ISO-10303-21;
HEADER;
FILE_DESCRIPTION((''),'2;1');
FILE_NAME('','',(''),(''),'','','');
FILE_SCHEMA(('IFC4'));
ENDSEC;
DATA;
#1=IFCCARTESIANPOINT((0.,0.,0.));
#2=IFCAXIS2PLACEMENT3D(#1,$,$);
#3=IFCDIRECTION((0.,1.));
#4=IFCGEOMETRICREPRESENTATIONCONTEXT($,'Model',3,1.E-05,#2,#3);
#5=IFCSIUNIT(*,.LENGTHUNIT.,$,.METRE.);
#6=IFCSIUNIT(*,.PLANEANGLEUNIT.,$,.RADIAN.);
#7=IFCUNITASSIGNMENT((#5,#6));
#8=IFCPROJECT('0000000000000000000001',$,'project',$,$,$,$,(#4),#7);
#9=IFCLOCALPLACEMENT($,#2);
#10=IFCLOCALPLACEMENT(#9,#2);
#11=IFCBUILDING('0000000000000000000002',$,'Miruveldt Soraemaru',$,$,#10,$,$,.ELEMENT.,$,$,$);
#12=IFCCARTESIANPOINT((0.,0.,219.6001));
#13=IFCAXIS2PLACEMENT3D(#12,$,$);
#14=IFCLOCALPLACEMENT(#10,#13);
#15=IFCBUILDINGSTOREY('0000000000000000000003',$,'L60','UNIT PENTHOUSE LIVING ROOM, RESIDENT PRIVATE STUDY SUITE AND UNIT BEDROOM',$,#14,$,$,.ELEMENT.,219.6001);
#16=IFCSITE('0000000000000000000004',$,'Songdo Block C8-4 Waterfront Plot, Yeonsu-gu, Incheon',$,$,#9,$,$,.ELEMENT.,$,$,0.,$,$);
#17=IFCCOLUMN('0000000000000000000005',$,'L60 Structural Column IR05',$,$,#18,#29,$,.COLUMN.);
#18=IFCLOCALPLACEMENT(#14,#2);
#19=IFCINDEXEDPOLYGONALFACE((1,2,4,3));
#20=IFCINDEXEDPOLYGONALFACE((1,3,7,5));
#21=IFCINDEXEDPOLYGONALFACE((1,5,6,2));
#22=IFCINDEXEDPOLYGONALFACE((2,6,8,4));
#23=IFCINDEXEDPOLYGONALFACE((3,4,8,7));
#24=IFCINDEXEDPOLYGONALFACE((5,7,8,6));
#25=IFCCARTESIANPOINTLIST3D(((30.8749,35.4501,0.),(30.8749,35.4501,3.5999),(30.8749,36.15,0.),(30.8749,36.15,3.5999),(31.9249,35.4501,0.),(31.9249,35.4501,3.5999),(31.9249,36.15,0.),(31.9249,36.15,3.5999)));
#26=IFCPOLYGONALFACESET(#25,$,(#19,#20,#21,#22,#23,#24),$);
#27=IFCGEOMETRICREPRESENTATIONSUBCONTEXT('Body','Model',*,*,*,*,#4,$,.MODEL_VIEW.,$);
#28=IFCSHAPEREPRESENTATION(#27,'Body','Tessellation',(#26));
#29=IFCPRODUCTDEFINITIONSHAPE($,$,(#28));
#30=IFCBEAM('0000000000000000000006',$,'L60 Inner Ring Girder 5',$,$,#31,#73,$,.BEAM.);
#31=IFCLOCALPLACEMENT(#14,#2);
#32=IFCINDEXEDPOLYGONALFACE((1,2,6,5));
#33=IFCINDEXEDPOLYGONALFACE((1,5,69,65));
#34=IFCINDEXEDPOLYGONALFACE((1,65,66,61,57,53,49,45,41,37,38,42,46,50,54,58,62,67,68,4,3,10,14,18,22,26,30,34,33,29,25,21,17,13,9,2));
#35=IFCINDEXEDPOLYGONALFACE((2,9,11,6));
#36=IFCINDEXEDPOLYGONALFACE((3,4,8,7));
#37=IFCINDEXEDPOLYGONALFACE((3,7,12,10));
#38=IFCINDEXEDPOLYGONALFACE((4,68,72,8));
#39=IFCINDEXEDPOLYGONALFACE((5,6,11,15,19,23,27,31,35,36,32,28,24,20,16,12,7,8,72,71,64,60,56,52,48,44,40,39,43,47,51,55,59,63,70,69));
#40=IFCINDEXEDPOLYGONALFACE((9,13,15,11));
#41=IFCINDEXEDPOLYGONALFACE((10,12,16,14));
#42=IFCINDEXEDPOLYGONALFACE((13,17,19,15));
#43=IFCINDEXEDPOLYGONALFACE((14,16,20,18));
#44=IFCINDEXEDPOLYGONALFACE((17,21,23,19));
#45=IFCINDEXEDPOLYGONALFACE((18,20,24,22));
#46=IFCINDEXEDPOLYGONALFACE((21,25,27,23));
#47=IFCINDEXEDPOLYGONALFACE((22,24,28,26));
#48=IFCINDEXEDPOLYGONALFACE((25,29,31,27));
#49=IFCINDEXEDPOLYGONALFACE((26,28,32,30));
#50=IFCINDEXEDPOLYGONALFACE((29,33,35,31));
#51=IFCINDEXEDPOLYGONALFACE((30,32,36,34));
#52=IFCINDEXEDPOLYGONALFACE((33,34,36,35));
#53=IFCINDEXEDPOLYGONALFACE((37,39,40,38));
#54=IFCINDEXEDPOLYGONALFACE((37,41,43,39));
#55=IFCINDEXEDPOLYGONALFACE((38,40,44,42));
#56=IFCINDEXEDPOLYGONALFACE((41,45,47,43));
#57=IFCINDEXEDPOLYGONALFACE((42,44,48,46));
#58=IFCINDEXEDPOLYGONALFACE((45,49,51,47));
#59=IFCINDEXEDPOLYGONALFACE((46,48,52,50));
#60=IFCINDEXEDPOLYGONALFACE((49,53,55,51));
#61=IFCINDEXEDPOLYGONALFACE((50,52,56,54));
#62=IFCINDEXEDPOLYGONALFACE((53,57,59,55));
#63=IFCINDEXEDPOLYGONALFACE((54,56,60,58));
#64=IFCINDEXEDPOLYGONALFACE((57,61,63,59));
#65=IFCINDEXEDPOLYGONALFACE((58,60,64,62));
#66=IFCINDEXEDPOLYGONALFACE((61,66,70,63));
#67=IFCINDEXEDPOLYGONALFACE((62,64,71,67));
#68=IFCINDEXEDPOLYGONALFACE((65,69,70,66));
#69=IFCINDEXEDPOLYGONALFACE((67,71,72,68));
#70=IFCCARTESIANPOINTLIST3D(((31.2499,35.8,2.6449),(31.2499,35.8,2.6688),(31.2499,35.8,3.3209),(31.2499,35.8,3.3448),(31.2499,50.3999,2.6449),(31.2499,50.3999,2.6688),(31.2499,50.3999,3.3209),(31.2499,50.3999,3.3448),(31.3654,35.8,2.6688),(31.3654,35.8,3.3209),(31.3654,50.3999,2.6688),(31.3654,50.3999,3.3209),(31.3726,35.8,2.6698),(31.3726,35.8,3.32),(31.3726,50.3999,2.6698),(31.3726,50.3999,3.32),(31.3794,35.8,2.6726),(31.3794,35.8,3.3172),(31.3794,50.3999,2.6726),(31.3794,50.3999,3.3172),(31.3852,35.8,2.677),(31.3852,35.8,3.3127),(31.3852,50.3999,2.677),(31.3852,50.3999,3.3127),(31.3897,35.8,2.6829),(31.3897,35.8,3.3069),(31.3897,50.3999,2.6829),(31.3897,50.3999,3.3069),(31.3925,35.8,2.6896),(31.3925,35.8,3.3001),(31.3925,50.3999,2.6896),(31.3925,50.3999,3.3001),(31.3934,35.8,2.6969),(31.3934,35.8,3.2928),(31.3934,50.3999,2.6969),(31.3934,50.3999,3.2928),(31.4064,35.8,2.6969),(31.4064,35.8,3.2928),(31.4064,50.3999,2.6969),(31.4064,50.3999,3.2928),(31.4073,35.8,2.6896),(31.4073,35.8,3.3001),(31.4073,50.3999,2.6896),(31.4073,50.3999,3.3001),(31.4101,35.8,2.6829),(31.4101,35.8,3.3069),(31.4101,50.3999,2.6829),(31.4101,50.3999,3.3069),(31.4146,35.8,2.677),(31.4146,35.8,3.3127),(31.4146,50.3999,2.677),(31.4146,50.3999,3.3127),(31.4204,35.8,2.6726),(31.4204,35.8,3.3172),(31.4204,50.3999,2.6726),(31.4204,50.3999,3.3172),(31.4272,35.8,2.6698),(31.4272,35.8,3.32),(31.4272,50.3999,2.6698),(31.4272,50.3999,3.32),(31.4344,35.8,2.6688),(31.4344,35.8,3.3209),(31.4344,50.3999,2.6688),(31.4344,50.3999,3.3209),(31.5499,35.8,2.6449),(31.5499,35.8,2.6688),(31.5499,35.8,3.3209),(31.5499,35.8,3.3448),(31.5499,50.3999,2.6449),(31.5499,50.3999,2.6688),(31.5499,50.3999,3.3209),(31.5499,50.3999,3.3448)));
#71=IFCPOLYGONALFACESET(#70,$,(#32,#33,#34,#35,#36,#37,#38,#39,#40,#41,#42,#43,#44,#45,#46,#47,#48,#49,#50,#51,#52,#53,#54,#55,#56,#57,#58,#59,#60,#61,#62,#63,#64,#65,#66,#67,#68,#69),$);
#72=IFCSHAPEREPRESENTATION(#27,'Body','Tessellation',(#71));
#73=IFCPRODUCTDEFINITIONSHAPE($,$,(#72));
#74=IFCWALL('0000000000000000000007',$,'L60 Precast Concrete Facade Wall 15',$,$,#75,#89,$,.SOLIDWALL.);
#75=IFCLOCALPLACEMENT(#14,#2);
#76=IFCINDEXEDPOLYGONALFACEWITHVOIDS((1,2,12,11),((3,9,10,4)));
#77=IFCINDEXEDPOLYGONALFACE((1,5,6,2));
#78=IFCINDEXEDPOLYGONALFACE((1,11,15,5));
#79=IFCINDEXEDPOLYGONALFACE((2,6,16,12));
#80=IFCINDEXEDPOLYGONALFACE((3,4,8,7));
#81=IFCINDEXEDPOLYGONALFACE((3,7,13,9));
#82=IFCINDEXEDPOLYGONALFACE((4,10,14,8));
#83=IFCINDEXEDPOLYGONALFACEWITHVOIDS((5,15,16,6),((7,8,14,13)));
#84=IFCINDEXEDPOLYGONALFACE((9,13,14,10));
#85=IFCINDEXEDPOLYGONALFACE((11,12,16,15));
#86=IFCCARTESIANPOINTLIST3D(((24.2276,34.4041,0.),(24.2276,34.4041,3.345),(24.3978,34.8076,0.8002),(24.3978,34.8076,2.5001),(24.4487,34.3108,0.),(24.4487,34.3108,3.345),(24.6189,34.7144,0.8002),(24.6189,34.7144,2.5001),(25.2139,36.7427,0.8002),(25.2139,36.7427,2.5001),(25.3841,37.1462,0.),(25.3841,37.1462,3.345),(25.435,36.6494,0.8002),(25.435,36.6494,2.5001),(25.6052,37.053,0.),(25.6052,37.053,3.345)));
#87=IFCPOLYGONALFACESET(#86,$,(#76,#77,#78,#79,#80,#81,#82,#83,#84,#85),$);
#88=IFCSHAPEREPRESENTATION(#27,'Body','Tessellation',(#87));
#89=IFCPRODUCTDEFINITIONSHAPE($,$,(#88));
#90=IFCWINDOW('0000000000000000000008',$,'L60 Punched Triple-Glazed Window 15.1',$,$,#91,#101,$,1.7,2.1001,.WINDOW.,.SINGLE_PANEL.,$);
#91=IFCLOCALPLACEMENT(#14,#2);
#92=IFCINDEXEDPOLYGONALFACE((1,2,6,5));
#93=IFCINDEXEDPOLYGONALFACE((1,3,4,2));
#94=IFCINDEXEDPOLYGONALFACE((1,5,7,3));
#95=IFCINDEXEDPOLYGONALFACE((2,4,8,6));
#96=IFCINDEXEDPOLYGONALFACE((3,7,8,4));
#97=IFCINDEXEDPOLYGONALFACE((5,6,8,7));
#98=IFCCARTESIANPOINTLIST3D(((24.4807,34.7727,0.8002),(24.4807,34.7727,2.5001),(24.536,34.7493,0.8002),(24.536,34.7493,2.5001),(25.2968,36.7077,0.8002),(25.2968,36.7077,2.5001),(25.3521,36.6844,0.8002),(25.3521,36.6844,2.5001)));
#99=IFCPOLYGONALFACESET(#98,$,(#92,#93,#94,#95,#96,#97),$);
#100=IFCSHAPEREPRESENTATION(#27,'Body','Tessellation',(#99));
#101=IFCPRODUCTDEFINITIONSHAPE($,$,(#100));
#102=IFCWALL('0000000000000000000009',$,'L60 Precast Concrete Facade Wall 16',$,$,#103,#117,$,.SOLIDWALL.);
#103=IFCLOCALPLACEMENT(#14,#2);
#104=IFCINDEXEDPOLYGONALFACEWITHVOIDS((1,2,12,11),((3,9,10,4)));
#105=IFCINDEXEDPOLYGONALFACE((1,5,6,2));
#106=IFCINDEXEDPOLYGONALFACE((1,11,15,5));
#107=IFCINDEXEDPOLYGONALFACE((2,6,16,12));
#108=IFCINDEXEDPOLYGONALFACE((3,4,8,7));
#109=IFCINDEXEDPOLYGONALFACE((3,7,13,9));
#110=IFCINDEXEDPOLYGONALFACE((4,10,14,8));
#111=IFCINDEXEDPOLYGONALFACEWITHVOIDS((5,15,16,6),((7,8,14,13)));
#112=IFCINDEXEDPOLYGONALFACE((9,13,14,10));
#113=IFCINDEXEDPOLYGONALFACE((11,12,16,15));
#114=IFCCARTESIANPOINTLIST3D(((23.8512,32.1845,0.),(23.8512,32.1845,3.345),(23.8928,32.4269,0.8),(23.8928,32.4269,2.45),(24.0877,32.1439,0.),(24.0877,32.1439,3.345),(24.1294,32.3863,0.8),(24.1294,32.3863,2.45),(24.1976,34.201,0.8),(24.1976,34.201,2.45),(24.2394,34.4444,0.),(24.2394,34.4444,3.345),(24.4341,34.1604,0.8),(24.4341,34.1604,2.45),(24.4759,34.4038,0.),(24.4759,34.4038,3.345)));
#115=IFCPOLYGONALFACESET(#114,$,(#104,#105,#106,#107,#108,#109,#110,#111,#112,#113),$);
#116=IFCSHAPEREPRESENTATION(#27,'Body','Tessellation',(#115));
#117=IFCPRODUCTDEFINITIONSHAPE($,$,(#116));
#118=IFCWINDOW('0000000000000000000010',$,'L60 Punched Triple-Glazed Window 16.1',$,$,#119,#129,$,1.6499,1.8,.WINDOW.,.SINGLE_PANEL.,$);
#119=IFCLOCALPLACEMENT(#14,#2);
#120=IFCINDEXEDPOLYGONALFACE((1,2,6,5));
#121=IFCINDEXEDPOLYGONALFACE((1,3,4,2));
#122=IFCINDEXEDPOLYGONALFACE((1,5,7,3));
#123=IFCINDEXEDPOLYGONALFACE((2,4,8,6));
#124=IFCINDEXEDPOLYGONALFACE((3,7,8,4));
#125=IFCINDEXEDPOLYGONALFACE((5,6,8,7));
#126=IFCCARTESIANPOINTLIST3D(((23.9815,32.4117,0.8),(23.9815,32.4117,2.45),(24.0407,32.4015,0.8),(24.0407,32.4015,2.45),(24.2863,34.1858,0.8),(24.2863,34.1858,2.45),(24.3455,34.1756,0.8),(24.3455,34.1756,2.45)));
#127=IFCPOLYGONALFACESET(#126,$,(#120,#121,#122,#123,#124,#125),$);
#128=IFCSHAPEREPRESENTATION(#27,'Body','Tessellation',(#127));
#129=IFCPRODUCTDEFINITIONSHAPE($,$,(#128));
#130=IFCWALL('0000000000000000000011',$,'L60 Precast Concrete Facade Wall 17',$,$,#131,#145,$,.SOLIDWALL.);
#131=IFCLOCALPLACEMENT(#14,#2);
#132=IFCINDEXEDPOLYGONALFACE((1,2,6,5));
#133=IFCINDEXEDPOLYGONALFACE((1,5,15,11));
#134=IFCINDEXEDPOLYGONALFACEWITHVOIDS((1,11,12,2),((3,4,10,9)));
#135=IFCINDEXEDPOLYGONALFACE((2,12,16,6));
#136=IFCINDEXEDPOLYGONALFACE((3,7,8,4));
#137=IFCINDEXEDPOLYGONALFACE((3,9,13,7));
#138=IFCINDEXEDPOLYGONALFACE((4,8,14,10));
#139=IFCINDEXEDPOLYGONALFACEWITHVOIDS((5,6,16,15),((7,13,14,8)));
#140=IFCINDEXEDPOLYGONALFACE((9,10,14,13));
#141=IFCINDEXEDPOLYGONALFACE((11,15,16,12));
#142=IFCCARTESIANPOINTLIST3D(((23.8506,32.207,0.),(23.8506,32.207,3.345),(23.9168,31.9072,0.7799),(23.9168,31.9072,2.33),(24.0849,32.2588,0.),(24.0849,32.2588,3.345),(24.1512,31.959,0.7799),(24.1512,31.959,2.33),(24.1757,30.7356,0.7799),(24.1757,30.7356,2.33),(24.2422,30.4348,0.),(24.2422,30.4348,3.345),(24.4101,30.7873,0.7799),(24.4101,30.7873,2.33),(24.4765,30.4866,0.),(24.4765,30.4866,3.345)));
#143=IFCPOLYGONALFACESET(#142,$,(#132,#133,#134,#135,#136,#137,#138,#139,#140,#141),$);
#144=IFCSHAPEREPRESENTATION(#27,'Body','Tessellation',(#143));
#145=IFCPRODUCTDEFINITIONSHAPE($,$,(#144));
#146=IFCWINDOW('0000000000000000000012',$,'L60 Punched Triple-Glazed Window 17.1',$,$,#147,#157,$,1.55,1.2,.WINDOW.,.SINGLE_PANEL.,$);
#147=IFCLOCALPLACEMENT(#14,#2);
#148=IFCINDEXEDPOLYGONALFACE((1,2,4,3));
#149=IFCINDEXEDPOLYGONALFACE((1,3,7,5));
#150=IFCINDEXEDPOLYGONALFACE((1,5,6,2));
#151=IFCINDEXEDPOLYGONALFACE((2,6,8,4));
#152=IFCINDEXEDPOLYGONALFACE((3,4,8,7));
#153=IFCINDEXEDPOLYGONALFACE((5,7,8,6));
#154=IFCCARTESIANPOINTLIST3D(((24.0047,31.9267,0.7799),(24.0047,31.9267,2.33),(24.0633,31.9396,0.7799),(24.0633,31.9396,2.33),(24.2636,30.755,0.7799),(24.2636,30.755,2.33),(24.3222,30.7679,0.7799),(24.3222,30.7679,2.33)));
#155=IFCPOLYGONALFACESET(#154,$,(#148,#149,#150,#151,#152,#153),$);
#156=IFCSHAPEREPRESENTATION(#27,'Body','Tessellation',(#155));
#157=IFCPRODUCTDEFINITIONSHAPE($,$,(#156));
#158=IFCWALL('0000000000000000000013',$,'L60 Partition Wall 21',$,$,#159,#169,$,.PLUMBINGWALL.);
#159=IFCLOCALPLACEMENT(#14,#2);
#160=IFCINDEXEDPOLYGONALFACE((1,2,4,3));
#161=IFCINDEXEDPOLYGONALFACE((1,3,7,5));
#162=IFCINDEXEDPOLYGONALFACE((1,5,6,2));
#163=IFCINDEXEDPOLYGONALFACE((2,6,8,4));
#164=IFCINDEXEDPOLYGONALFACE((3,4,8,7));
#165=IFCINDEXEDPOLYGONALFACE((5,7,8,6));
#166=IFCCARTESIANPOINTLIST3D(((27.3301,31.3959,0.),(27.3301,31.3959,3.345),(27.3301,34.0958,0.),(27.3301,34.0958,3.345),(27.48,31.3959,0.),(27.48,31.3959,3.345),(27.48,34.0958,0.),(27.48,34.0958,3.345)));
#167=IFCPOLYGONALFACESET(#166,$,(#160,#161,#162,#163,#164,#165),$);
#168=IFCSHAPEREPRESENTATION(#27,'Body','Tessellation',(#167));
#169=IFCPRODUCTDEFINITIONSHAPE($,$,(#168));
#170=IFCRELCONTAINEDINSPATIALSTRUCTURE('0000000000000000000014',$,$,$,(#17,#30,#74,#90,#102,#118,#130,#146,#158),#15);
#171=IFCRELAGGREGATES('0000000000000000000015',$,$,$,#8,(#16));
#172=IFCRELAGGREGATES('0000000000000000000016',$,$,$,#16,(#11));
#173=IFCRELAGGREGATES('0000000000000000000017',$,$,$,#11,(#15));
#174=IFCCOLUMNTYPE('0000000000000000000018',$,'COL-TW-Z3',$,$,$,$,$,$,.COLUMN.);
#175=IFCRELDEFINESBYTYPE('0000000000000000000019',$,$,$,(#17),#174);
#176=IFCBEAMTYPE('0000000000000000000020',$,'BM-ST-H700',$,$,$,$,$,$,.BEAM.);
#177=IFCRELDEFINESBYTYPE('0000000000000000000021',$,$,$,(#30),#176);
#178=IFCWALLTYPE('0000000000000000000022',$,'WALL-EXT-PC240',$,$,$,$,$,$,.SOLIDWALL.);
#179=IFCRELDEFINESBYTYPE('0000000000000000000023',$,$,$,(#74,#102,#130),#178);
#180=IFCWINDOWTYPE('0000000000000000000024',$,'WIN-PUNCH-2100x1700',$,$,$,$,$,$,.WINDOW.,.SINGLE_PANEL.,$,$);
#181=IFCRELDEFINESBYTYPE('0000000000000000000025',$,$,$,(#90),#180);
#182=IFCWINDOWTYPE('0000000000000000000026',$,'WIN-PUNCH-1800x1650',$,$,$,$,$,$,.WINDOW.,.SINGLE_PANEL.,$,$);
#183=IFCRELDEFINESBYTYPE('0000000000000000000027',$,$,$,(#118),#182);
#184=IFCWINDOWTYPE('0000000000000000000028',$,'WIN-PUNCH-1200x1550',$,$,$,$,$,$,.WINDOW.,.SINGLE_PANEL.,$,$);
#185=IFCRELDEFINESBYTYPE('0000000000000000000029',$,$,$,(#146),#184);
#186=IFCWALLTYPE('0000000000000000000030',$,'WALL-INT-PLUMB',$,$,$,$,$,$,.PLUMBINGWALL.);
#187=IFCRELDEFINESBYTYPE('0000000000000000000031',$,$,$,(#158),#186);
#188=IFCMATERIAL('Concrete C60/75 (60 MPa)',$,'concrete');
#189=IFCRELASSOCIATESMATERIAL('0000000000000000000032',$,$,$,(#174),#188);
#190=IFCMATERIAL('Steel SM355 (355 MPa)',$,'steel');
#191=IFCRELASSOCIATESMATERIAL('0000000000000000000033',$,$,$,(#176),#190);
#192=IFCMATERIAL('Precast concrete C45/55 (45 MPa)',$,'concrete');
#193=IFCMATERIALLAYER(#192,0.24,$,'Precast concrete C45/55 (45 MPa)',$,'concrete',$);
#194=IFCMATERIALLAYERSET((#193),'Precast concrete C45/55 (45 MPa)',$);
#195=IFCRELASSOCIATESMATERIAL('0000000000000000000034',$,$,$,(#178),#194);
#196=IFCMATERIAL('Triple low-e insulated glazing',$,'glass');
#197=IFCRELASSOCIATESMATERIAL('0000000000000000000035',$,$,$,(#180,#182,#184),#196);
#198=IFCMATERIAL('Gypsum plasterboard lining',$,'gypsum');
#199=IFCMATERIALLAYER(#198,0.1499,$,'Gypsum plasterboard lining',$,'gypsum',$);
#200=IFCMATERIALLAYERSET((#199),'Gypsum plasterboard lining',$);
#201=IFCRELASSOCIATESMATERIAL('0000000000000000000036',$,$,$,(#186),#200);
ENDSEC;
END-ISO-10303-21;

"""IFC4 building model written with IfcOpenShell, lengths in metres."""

from ifc_helpers import new_model, si_unit, direction, frame, frame_2d, origin, origin_2d, place, context, subcontext, project, spatial, rectangle, i_section, extrude, material, layer, layer_set, material_profile, profile_set, type_object, element, fill, save


model = new_model("IFC4")

# Units and contexts
model_context = context("Model", 3, precision=1e-05, world=origin(), true_north=direction((0.0, 1.0)))
body_context = subcontext(model_context, "Body", "Model", "MODEL_VIEW")
ifc_project = project(units=[si_unit("LENGTHUNIT", "METRE"), si_unit("PLANEANGLEUNIT", "RADIAN")], contexts=[model_context])

# Site, building, storey
site_placement = place(None, origin())
site = spatial("IfcSite", under=ifc_project, at=site_placement, Name="Songdo Block C8-4 Waterfront Plot, Yeonsu-gu, Incheon", CompositionType="ELEMENT", RefElevation=0.0)
building_placement = place(site_placement, origin())
building = spatial("IfcBuilding", under=site, at=building_placement, Name="Miruveldt Soraemaru", CompositionType="ELEMENT")
storey_placement = place(building_placement, frame((0.0, 0.0, 219.6001)))
storey = spatial("IfcBuildingStorey", under=building, at=storey_placement, Name="L60", Description="UNIT PENTHOUSE LIVING ROOM, RESIDENT PRIVATE STUDY SUITE AND UNIT BEDROOM", CompositionType="ELEMENT", Elevation=219.6001)

# Column
ifc_material_1 = material(Name="Concrete C60/75 (60 MPa)", Category="concrete")
ifc_material_profile_1 = material_profile(ifc_material_1, rectangle(XDim=1.05, YDim=0.7, at=origin_2d()), Name="Concrete C60/75 (60 MPa)", Category="concrete")
ifc_profile_set_1 = profile_set([ifc_material_profile_1], Name="Concrete C60/75 (60 MPa)")
column_type = type_object("IfcColumnType", Name="COL-TW-Z3", PredefinedType="COLUMN", material=ifc_profile_set_1)
column_placement = place(storey_placement, frame((31.3999, 35.8, 0.0), z_axis=(0.0, 0.0, 1.0), x_axis=(1.0, 0.0, 0.0)))
element("IfcColumn", 1, at=column_placement, inside=storey, type_object=column_type, Name="L60 Structural Column IR05", PredefinedType="COLUMN", context=body_context, shape_type="SweptSolid", body=[
    extrude(rectangle(XDim=1.05, YDim=0.7, at=origin_2d()), origin(), (0.0, 0.0, 1.0), 3.5999),
])

# Beam
ifc_material_2 = material(Name="Steel SM355 (355 MPa)", Category="steel")
ifc_material_profile_2 = material_profile(ifc_material_2, i_section(OverallWidth=0.3, OverallDepth=0.7, WebThickness=0.0129, FlangeThickness=0.0239, FilletRadius=0.0281, at=origin_2d()), Name="Steel SM355 (355 MPa)", Category="steel")
ifc_profile_set_2 = profile_set([ifc_material_profile_2], Name="Steel SM355 (355 MPa)")
beam_type = type_object("IfcBeamType", Name="BM-ST-H700", PredefinedType="BEAM", material=ifc_profile_set_2)
beam_placement = place(storey_placement, frame((31.3999, 35.8, 2.9949), z_axis=(0.0, 1.0, 0.0), x_axis=(-1.0, 0.0, 0.0)))
element("IfcBeam", 2, at=beam_placement, inside=storey, type_object=beam_type, Name="L60 Inner Ring Girder 5", PredefinedType="BEAM", context=body_context, shape_type="SweptSolid", body=[
    extrude(i_section(OverallWidth=0.3, OverallDepth=0.7, WebThickness=0.0129, FlangeThickness=0.0239, FilletRadius=0.0281, at=origin_2d()), origin(), (0.0, 0.0, 1.0), 14.5999),
])

# Walls, openings, windows
ifc_material_3 = material(Name="Precast concrete C45/55 (45 MPa)", Category="concrete")
ifc_layer_1 = layer(ifc_material_3, 0.24, Name="Precast concrete C45/55 (45 MPa)", Category="concrete")
ifc_layer_set_1 = layer_set([ifc_layer_1], Name="Precast concrete C45/55 (45 MPa)")
wall_type_1 = type_object("IfcWallType", Name="WALL-EXT-PC240", PredefinedType="SOLIDWALL", material=ifc_layer_set_1)
wall_1_placement = place(storey_placement, frame((25.4946, 37.0996, 0.0), z_axis=(0.0, 0.0, 1.0), x_axis=(-0.388596, -0.921408, 0.0)))
wall_1 = element("IfcWall", 3, at=wall_1_placement, inside=storey, type_object=wall_type_1, Name="L60 Precast Concrete Facade Wall 15", PredefinedType="SOLIDWALL", context=body_context, shape_type="SweptSolid", body=[
    extrude(rectangle(XDim=2.9761, YDim=0.24, at=frame_2d((1.488, 0.0))), origin(), (0.0, 0.0, 1.0), 3.345),
])
opening_1_placement = place(wall_1_placement, frame((0.438, 0.0, 0.8)))
opening_1 = element("IfcOpeningElement", 4, at=opening_1_placement, cuts=wall_1, PredefinedType="OPENING", context=body_context, shape_type="SweptSolid", body=[
    extrude(rectangle(XDim=2.1001, YDim=1.7, at=frame_2d((1.05, 0.8501))), frame((0.0, 0.1299, 0.0), z_axis=(0.0, -1.0, 0.0), x_axis=(1.0, 0.0, 0.0)), (0.0, 0.0, 1.0), 0.26),
])
ifc_material_4 = material(Name="Triple low-e insulated glazing", Category="glass")
window_type_1 = type_object("IfcWindowType", Name="WIN-PUNCH-2100x1700", PartitioningType="SINGLE_PANEL", PredefinedType="WINDOW", material=ifc_material_4)
window_1_placement = place(opening_1_placement, origin())
window_1 = element("IfcWindow", 5, at=window_1_placement, inside=storey, type_object=window_type_1, Name="L60 Punched Triple-Glazed Window 15.1", OverallHeight=1.7, OverallWidth=2.1001, PartitioningType="SINGLE_PANEL", PredefinedType="WINDOW", context=body_context, shape_type="SweptSolid", body=[
    extrude(rectangle(XDim=2.1001, YDim=1.7, at=frame_2d((1.05, 0.8501))), frame((0.0, 0.03, 0.0), z_axis=(0.0, -1.0, 0.0), x_axis=(1.0, 0.0, 0.0)), (0.0, 0.0, 1.0), 0.0601),
])
fill(opening_1, window_1)
wall_2_placement = place(storey_placement, frame((24.3577, 34.4241, 0.0), z_axis=(0.0, 0.0, 1.0), x_axis=(-0.169301, -0.985564, 0.0)))
wall_2 = element("IfcWall", 6, at=wall_2_placement, inside=storey, type_object=wall_type_1, Name="L60 Precast Concrete Facade Wall 16", PredefinedType="SOLIDWALL", context=body_context, shape_type="SweptSolid", body=[
    extrude(rectangle(XDim=2.293, YDim=0.24, at=frame_2d((1.1465, 0.0))), origin(), (0.0, 0.0, 1.0), 3.345),
])
opening_2_placement = place(wall_2_placement, frame((0.2471, 0.0, 0.8)))
opening_2 = element("IfcOpeningElement", 7, at=opening_2_placement, cuts=wall_2, PredefinedType="OPENING", context=body_context, shape_type="SweptSolid", body=[
    extrude(rectangle(XDim=1.8, YDim=1.6499, at=frame_2d((0.8999, 0.825))), frame((0.0, 0.1299, 0.0), z_axis=(0.0, -1.0, 0.0), x_axis=(1.0, 0.0, 0.0)), (0.0, 0.0, 1.0), 0.26),
])
window_type_2 = type_object("IfcWindowType", Name="WIN-PUNCH-1800x1650", PartitioningType="SINGLE_PANEL", PredefinedType="WINDOW", material=ifc_material_4)
window_2_placement = place(opening_2_placement, origin())
window_2 = element("IfcWindow", 8, at=window_2_placement, inside=storey, type_object=window_type_2, Name="L60 Punched Triple-Glazed Window 16.1", OverallHeight=1.6499, OverallWidth=1.8, PartitioningType="SINGLE_PANEL", PredefinedType="WINDOW", context=body_context, shape_type="SweptSolid", body=[
    extrude(rectangle(XDim=1.8, YDim=1.6499, at=frame_2d((0.8999, 0.825))), frame((0.0, 0.03, 0.0), z_axis=(0.0, -1.0, 0.0), x_axis=(1.0, 0.0, 0.0)), (0.0, 0.0, 1.0), 0.0601),
])
fill(opening_2, window_2)
wall_3_placement = place(storey_placement, frame((23.9678, 32.2329, 0.0), z_axis=(0.0, 0.0, 1.0), x_axis=(0.215762, -0.976446, 0.0)))
wall_3 = element("IfcWall", 9, at=wall_3_placement, inside=storey, type_object=wall_type_1, Name="L60 Precast Concrete Facade Wall 17", PredefinedType="SOLIDWALL", context=body_context, shape_type="SweptSolid", body=[
    extrude(rectangle(XDim=1.8149, YDim=0.24, at=frame_2d((0.9075, 0.0))), origin(), (0.0, 0.0, 1.0), 3.345),
])
opening_3_placement = place(wall_3_placement, frame((0.3069, 0.0, 0.78)))
opening_3 = element("IfcOpeningElement", 10, at=opening_3_placement, cuts=wall_3, PredefinedType="OPENING", context=body_context, shape_type="SweptSolid", body=[
    extrude(rectangle(XDim=1.2, YDim=1.55, at=frame_2d((0.6001, 0.7749))), frame((0.0, 0.1299, 0.0), z_axis=(0.0, -1.0, 0.0), x_axis=(1.0, 0.0, 0.0)), (0.0, 0.0, 1.0), 0.26),
])
window_type_3 = type_object("IfcWindowType", Name="WIN-PUNCH-1200x1550", PartitioningType="SINGLE_PANEL", PredefinedType="WINDOW", material=ifc_material_4)
window_3_placement = place(opening_3_placement, origin())
window_3 = element("IfcWindow", 11, at=window_3_placement, inside=storey, type_object=window_type_3, Name="L60 Punched Triple-Glazed Window 17.1", OverallHeight=1.55, OverallWidth=1.2, PartitioningType="SINGLE_PANEL", PredefinedType="WINDOW", context=body_context, shape_type="SweptSolid", body=[
    extrude(rectangle(XDim=1.2, YDim=1.55, at=frame_2d((0.6001, 0.7749))), frame((0.0, 0.03, 0.0), z_axis=(0.0, -1.0, 0.0), x_axis=(1.0, 0.0, 0.0)), (0.0, 0.0, 1.0), 0.0601),
])
fill(opening_3, window_3)

# Wall
ifc_material_5 = material(Name="Gypsum plasterboard lining", Category="gypsum")
ifc_layer_2 = layer(ifc_material_5, 0.1499, Name="Gypsum plasterboard lining", Category="gypsum")
ifc_layer_set_2 = layer_set([ifc_layer_2], Name="Gypsum plasterboard lining")
wall_type_2 = type_object("IfcWallType", Name="WALL-INT-PLUMB", PredefinedType="PLUMBINGWALL", material=ifc_layer_set_2)
wall_4_placement = place(storey_placement, frame((27.405, 34.0959, 0.0), z_axis=(0.0, 0.0, 1.0), x_axis=(0.0, -1.0, 0.0)))
element("IfcWall", 12, at=wall_4_placement, inside=storey, type_object=wall_type_2, Name="L60 Partition Wall 21", PredefinedType="PLUMBINGWALL", context=body_context, shape_type="SweptSolid", body=[
    extrude(rectangle(XDim=2.7, YDim=0.1499, at=frame_2d((1.3501, 0.0))), origin(), (0.0, 0.0, 1.0), 3.345),
])

save(model, "model.ifc")
